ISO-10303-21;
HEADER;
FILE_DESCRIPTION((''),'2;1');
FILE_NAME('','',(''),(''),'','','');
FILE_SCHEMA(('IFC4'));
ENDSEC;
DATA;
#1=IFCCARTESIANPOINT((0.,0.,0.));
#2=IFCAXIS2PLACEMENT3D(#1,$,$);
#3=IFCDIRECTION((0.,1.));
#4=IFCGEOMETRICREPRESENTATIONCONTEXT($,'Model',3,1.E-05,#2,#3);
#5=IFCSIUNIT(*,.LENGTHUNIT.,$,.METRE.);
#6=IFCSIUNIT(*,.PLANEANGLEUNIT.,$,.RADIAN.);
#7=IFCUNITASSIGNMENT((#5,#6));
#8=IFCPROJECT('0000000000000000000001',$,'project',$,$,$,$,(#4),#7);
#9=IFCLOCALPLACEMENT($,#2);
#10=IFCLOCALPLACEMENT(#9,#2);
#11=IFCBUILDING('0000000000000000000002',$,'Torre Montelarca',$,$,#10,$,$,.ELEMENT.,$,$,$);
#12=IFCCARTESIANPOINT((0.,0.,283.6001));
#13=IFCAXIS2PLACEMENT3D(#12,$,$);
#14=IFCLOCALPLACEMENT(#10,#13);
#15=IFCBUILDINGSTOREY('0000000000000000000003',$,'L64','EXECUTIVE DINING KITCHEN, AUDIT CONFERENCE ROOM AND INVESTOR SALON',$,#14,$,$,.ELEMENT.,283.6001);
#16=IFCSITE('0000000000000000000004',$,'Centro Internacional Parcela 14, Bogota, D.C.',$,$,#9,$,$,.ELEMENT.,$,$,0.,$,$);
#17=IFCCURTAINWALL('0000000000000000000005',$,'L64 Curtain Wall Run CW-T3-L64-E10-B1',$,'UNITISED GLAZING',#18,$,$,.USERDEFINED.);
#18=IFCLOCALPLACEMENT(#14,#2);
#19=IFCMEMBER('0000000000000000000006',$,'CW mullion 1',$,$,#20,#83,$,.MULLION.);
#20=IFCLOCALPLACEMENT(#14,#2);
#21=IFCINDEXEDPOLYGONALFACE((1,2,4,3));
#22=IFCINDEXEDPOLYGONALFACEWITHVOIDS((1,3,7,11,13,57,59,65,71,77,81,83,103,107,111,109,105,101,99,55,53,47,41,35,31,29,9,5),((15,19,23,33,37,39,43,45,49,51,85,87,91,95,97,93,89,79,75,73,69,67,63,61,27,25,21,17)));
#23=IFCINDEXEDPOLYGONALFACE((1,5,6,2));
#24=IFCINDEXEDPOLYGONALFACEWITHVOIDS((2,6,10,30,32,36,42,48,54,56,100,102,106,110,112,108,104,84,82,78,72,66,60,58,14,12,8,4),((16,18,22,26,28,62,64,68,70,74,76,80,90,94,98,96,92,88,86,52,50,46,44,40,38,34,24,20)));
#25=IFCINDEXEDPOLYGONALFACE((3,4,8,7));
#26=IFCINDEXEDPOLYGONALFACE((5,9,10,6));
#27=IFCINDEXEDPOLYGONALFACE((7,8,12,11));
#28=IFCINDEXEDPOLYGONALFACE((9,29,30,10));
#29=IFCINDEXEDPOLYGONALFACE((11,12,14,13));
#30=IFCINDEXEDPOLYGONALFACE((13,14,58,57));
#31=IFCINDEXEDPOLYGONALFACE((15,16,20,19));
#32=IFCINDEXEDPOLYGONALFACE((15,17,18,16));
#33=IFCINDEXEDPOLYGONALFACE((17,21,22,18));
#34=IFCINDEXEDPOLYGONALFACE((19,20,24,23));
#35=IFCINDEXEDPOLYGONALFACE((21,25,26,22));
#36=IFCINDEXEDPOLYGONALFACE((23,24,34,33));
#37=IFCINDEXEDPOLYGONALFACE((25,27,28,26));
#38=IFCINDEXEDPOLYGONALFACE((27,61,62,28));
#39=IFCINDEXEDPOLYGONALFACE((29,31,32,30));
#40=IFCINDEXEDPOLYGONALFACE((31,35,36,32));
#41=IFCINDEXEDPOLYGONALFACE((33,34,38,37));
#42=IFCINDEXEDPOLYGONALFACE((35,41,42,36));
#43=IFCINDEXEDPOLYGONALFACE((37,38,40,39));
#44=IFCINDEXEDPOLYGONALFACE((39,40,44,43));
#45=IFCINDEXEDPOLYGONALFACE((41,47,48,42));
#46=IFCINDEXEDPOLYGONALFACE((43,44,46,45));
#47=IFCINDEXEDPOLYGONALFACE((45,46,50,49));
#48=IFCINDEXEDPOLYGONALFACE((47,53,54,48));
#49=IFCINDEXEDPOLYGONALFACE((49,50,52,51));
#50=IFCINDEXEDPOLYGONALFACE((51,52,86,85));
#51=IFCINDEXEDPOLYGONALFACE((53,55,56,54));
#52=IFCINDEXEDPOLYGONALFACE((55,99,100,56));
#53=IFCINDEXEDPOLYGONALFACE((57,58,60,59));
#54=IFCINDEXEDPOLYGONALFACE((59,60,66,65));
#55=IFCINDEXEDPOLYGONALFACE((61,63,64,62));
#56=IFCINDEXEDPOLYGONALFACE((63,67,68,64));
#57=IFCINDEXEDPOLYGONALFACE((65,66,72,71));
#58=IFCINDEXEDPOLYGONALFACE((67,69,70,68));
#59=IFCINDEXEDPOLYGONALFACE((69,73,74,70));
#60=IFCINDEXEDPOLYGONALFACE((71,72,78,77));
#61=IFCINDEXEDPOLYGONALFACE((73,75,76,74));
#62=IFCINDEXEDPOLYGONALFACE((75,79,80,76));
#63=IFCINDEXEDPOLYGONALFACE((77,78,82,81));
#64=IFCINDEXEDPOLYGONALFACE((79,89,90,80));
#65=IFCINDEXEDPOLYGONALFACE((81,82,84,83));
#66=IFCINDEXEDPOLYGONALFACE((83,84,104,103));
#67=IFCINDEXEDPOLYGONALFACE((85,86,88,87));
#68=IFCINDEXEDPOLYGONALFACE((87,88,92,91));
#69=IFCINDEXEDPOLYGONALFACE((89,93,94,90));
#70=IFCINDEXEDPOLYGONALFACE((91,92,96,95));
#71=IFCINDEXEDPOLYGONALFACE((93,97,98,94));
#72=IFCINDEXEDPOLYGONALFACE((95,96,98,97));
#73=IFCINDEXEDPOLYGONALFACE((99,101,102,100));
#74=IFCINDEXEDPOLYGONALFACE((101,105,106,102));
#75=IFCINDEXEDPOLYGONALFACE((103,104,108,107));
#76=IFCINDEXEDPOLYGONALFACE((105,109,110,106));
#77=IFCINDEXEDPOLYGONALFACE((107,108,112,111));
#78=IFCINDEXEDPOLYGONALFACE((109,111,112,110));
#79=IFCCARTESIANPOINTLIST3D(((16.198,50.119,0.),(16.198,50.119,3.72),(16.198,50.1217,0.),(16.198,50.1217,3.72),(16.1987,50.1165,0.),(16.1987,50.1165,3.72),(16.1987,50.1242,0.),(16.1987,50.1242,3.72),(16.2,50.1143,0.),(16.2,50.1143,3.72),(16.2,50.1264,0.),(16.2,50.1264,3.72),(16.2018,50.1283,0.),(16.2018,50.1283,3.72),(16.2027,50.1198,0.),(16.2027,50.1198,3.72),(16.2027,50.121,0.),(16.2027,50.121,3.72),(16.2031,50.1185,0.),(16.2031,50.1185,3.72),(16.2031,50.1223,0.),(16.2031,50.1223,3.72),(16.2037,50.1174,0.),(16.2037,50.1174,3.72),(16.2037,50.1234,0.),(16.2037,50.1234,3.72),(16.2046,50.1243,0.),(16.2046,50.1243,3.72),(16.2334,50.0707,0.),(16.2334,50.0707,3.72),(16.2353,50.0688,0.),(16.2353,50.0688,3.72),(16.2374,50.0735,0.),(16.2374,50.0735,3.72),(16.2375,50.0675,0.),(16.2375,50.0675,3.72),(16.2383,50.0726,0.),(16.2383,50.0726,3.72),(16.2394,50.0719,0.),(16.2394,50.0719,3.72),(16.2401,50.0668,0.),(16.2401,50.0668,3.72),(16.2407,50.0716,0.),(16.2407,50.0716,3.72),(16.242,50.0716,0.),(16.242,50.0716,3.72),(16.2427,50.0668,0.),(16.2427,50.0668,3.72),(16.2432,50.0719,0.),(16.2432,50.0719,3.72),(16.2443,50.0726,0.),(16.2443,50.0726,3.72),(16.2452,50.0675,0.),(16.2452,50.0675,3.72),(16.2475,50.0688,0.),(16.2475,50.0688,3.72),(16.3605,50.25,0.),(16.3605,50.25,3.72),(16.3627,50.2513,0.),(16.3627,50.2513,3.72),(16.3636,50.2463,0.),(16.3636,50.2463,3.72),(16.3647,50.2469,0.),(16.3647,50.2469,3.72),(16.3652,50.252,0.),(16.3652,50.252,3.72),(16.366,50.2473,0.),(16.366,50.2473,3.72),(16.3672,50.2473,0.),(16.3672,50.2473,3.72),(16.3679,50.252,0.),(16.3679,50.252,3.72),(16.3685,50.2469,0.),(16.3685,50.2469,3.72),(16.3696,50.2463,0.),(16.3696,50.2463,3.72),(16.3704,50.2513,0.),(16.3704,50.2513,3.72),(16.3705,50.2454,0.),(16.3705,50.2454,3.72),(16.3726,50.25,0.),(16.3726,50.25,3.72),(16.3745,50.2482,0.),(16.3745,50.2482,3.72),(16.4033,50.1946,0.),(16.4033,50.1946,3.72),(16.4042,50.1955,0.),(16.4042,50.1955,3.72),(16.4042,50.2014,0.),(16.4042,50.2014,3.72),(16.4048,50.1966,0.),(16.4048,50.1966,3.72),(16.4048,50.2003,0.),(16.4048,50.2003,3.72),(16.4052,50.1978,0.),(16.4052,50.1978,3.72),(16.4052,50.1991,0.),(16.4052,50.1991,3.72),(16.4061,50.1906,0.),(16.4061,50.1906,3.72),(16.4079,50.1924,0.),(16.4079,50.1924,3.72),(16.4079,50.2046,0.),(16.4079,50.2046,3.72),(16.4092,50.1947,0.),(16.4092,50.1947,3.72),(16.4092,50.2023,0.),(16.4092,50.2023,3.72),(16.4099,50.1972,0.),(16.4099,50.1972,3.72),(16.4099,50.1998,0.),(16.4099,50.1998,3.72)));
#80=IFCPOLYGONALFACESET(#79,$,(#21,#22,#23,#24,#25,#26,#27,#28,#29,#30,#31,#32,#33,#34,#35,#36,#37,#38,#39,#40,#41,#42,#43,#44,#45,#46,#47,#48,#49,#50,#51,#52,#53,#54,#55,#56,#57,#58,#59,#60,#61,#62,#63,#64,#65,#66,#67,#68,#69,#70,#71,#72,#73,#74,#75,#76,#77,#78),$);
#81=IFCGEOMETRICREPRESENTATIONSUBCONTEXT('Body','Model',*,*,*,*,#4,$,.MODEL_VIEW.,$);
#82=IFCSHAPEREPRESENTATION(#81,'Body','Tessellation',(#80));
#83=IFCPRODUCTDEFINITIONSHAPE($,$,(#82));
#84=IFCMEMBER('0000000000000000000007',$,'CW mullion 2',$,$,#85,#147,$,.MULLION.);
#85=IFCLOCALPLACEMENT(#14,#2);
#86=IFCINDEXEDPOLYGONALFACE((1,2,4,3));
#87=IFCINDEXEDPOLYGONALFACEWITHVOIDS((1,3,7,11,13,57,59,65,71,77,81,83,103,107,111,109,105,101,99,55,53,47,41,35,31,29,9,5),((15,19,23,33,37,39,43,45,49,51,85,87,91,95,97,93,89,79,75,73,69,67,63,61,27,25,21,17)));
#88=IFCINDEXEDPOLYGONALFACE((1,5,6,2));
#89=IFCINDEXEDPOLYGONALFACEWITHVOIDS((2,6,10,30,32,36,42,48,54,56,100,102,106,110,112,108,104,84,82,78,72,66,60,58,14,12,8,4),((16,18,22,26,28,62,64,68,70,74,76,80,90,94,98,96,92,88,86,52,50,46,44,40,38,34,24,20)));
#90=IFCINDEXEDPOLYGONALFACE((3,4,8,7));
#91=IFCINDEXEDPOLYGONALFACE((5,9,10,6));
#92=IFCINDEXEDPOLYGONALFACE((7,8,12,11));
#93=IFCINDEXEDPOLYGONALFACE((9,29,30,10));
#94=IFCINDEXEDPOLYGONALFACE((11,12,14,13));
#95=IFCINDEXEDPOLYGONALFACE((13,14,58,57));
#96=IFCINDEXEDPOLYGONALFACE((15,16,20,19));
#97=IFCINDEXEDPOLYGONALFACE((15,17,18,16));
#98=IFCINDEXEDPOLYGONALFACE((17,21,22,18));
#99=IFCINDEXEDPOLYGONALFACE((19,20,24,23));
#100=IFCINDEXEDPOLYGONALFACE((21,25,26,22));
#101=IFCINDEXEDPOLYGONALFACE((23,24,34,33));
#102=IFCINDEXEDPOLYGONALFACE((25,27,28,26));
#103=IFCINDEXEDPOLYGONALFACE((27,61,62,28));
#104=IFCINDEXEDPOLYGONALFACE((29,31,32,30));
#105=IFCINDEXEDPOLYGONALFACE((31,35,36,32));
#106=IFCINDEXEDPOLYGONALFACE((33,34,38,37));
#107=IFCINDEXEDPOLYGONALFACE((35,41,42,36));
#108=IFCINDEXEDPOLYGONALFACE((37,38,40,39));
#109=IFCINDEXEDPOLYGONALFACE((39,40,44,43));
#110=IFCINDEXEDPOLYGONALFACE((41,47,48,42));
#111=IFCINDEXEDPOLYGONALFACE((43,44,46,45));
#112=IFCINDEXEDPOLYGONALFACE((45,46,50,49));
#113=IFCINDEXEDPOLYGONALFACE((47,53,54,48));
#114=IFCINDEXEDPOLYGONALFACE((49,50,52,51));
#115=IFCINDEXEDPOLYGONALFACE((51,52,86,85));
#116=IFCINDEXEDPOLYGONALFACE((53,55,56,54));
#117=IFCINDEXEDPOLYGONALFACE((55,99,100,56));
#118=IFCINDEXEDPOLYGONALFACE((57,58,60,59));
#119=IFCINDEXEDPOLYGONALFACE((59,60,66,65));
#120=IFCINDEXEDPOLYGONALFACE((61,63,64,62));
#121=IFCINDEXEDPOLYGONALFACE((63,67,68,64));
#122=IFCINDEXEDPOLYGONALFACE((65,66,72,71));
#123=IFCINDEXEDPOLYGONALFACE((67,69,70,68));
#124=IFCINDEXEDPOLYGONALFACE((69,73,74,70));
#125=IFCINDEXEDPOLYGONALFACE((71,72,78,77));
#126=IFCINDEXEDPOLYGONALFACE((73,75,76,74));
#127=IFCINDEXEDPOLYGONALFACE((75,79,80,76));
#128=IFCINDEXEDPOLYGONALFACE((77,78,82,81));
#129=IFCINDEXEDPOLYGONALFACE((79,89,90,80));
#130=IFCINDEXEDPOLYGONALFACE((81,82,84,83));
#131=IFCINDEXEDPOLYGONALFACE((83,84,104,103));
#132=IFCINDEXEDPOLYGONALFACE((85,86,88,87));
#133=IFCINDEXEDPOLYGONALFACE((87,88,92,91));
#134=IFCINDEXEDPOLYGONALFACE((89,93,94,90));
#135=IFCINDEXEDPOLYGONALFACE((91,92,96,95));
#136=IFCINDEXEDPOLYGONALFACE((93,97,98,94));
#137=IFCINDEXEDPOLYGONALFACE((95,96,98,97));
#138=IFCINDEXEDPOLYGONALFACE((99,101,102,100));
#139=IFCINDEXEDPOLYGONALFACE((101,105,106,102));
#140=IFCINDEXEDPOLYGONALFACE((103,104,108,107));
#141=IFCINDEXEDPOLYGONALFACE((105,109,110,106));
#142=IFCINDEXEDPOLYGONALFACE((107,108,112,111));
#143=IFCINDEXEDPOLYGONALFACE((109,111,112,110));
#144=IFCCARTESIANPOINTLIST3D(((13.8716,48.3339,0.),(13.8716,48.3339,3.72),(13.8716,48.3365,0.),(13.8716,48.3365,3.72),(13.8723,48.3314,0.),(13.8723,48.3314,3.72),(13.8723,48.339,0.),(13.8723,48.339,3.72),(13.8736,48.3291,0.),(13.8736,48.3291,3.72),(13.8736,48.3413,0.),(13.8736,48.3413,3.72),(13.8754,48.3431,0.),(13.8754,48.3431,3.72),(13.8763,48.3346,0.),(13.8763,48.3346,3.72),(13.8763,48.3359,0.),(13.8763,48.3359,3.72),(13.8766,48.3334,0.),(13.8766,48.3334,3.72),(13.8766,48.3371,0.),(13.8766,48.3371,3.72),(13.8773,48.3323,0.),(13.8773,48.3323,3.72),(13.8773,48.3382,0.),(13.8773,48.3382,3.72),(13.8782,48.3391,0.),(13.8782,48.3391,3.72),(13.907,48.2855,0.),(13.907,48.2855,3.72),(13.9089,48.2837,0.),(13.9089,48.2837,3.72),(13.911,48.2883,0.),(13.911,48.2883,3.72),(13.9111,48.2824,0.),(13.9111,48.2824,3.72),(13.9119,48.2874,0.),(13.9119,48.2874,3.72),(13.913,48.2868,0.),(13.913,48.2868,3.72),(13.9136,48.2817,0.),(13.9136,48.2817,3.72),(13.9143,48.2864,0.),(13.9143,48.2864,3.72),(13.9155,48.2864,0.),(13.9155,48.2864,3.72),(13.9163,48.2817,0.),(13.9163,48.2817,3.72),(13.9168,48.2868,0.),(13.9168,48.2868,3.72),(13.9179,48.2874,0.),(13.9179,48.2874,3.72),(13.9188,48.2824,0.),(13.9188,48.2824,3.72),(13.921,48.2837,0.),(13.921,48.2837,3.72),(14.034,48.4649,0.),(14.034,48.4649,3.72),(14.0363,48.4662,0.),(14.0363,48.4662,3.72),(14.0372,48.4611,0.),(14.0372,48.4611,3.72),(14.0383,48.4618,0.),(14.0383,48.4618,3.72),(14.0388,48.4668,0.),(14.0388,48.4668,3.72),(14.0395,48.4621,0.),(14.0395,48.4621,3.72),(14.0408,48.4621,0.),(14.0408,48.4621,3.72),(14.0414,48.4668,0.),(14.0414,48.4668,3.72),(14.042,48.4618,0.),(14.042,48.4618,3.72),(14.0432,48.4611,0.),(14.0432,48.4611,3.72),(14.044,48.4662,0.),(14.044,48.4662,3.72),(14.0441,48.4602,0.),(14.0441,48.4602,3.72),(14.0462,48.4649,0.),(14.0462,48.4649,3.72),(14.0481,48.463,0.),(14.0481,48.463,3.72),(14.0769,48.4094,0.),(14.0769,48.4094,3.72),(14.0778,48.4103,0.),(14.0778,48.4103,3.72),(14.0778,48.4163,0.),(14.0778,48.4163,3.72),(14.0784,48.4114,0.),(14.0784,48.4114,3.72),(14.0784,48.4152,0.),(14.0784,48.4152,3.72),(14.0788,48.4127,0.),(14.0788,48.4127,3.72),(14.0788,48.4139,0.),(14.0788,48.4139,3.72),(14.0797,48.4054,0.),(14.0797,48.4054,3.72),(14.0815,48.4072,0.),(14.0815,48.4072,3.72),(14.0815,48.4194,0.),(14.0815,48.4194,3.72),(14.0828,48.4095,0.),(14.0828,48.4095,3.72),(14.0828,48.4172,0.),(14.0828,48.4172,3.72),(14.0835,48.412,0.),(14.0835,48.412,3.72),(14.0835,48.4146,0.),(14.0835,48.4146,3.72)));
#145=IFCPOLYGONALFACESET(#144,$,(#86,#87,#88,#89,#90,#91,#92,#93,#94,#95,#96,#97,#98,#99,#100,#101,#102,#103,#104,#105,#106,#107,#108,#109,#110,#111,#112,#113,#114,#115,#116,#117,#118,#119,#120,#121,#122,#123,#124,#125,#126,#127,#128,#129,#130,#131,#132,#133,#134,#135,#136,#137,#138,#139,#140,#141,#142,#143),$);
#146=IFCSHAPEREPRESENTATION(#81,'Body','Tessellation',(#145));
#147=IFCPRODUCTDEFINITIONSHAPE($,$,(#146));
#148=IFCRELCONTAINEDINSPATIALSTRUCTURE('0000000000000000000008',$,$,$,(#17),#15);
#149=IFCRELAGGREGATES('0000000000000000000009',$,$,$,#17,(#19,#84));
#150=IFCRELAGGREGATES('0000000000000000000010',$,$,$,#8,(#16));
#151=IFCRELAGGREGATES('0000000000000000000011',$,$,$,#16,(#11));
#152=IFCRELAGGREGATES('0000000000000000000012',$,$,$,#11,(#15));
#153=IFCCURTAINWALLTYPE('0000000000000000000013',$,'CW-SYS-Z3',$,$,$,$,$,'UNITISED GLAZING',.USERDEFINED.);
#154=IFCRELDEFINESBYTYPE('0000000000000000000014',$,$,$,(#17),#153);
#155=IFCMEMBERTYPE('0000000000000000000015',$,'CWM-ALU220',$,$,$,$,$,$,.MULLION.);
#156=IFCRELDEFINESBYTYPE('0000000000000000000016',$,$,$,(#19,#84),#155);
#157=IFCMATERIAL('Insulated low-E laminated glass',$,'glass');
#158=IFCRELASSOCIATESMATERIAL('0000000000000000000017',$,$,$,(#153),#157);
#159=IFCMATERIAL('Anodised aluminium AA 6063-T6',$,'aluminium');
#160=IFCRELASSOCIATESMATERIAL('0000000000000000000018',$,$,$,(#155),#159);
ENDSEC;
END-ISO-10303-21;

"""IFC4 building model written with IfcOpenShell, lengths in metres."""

from ifc_helpers import new_model, si_unit, direction, frame, origin, origin_2d, place, context, subcontext, project, spatial, hollow_rectangle, extrude, source, transform, mapped, material, material_profile, profile_set, type_object, element, aggregate, save


model = new_model("IFC4")

# Units and contexts
model_context = context("Model", 3, precision=1e-05, world=origin(), true_north=direction((0.0, 1.0)))
body_context = subcontext(model_context, "Body", "Model", "MODEL_VIEW")
ifc_project = project(units=[si_unit("LENGTHUNIT", "METRE"), si_unit("PLANEANGLEUNIT", "RADIAN")], contexts=[model_context])

# Site, building, storey
site_placement = place(None, origin())
site = spatial("IfcSite", under=ifc_project, at=site_placement, Name="Centro Internacional Parcela 14, Bogota, D.C.", CompositionType="ELEMENT", RefElevation=0.0)
building_placement = place(site_placement, origin())
building = spatial("IfcBuilding", under=site, at=building_placement, Name="Torre Montelarca", CompositionType="ELEMENT")
storey_placement = place(building_placement, frame((0.0, 0.0, 283.6001)))
storey = spatial("IfcBuildingStorey", under=building, at=storey_placement, Name="L64", Description="EXECUTIVE DINING KITCHEN, AUDIT CONFERENCE ROOM AND INVESTOR SALON", CompositionType="ELEMENT", Elevation=283.6001)

# Curtain wall, members
ifc_material_1 = material(Name="Insulated low-E laminated glass", Category="glass")
curtain_wall_type = type_object("IfcCurtainWallType", Name="CW-SYS-Z3", ElementType="UNITISED GLAZING", PredefinedType="USERDEFINED", material=ifc_material_1)
ifc_material_2 = material(Name="Anodised aluminium AA 6063-T6", Category="aluminium")
ifc_material_profile_1 = material_profile(ifc_material_2, hollow_rectangle(XDim=0.075, YDim=0.22, WallThickness=0.0049, InnerFilletRadius=0.0049, OuterFilletRadius=0.01, at=origin_2d()), Name="ALU75X220X5", Category="aluminium")
ifc_profile_set_1 = profile_set([ifc_material_profile_1], Name="Anodised aluminium AA 6063-T6")
member_type_1 = type_object("IfcMemberType", Name="CWM-ALU220", PredefinedType="MULLION", material=ifc_profile_set_1)
shared_shape_1 = source(origin(), body_context, "Body", "SweptSolid", [
    extrude(hollow_rectangle(XDim=0.075, YDim=0.22, WallThickness=0.0049, InnerFilletRadius=0.0049, OuterFilletRadius=0.01, at=origin_2d()), origin(), (0.0, 0.0, 1.0), 3.72),
])
curtain_wall_1_placement = place(storey_placement, origin())
curtain_wall_1 = element("IfcCurtainWall", 1, at=curtain_wall_1_placement, inside=storey, type_object=curtain_wall_type, Name="L64 Curtain Wall Run CW-T3-L64-E10-B1", ObjectType="UNITISED GLAZING", PredefinedType="USERDEFINED")
member_1_placement = place(storey_placement, frame((16.304, 50.1594, 0.0), z_axis=(0.0, 0.0, 1.0), x_axis=(0.608769, -0.793348, 0.0)))
member_1 = element("IfcMember", 2, at=member_1_placement, type_object=member_type_1, Name="CW mullion 1", PredefinedType="MULLION", context=body_context, shape_type="MappedRepresentation", body=[
    mapped(shared_shape_1, transform((0.0, 0.0, 0.0), scale=1.0)),
])
member_2_placement = place(storey_placement, frame((13.9775, 48.3743, 0.0), z_axis=(0.0, 0.0, 1.0), x_axis=(0.608769, -0.793348, 0.0)))
member_2 = element("IfcMember", 3, at=member_2_placement, type_object=member_type_1, Name="CW mullion 2", PredefinedType="MULLION", context=body_context, shape_type="MappedRepresentation", body=[
    mapped(shared_shape_1, transform((0.0, 0.0, 0.0), scale=1.0)),
])

aggregate(curtain_wall_1, [member_1, member_2])

save(model, "model.ifc")
